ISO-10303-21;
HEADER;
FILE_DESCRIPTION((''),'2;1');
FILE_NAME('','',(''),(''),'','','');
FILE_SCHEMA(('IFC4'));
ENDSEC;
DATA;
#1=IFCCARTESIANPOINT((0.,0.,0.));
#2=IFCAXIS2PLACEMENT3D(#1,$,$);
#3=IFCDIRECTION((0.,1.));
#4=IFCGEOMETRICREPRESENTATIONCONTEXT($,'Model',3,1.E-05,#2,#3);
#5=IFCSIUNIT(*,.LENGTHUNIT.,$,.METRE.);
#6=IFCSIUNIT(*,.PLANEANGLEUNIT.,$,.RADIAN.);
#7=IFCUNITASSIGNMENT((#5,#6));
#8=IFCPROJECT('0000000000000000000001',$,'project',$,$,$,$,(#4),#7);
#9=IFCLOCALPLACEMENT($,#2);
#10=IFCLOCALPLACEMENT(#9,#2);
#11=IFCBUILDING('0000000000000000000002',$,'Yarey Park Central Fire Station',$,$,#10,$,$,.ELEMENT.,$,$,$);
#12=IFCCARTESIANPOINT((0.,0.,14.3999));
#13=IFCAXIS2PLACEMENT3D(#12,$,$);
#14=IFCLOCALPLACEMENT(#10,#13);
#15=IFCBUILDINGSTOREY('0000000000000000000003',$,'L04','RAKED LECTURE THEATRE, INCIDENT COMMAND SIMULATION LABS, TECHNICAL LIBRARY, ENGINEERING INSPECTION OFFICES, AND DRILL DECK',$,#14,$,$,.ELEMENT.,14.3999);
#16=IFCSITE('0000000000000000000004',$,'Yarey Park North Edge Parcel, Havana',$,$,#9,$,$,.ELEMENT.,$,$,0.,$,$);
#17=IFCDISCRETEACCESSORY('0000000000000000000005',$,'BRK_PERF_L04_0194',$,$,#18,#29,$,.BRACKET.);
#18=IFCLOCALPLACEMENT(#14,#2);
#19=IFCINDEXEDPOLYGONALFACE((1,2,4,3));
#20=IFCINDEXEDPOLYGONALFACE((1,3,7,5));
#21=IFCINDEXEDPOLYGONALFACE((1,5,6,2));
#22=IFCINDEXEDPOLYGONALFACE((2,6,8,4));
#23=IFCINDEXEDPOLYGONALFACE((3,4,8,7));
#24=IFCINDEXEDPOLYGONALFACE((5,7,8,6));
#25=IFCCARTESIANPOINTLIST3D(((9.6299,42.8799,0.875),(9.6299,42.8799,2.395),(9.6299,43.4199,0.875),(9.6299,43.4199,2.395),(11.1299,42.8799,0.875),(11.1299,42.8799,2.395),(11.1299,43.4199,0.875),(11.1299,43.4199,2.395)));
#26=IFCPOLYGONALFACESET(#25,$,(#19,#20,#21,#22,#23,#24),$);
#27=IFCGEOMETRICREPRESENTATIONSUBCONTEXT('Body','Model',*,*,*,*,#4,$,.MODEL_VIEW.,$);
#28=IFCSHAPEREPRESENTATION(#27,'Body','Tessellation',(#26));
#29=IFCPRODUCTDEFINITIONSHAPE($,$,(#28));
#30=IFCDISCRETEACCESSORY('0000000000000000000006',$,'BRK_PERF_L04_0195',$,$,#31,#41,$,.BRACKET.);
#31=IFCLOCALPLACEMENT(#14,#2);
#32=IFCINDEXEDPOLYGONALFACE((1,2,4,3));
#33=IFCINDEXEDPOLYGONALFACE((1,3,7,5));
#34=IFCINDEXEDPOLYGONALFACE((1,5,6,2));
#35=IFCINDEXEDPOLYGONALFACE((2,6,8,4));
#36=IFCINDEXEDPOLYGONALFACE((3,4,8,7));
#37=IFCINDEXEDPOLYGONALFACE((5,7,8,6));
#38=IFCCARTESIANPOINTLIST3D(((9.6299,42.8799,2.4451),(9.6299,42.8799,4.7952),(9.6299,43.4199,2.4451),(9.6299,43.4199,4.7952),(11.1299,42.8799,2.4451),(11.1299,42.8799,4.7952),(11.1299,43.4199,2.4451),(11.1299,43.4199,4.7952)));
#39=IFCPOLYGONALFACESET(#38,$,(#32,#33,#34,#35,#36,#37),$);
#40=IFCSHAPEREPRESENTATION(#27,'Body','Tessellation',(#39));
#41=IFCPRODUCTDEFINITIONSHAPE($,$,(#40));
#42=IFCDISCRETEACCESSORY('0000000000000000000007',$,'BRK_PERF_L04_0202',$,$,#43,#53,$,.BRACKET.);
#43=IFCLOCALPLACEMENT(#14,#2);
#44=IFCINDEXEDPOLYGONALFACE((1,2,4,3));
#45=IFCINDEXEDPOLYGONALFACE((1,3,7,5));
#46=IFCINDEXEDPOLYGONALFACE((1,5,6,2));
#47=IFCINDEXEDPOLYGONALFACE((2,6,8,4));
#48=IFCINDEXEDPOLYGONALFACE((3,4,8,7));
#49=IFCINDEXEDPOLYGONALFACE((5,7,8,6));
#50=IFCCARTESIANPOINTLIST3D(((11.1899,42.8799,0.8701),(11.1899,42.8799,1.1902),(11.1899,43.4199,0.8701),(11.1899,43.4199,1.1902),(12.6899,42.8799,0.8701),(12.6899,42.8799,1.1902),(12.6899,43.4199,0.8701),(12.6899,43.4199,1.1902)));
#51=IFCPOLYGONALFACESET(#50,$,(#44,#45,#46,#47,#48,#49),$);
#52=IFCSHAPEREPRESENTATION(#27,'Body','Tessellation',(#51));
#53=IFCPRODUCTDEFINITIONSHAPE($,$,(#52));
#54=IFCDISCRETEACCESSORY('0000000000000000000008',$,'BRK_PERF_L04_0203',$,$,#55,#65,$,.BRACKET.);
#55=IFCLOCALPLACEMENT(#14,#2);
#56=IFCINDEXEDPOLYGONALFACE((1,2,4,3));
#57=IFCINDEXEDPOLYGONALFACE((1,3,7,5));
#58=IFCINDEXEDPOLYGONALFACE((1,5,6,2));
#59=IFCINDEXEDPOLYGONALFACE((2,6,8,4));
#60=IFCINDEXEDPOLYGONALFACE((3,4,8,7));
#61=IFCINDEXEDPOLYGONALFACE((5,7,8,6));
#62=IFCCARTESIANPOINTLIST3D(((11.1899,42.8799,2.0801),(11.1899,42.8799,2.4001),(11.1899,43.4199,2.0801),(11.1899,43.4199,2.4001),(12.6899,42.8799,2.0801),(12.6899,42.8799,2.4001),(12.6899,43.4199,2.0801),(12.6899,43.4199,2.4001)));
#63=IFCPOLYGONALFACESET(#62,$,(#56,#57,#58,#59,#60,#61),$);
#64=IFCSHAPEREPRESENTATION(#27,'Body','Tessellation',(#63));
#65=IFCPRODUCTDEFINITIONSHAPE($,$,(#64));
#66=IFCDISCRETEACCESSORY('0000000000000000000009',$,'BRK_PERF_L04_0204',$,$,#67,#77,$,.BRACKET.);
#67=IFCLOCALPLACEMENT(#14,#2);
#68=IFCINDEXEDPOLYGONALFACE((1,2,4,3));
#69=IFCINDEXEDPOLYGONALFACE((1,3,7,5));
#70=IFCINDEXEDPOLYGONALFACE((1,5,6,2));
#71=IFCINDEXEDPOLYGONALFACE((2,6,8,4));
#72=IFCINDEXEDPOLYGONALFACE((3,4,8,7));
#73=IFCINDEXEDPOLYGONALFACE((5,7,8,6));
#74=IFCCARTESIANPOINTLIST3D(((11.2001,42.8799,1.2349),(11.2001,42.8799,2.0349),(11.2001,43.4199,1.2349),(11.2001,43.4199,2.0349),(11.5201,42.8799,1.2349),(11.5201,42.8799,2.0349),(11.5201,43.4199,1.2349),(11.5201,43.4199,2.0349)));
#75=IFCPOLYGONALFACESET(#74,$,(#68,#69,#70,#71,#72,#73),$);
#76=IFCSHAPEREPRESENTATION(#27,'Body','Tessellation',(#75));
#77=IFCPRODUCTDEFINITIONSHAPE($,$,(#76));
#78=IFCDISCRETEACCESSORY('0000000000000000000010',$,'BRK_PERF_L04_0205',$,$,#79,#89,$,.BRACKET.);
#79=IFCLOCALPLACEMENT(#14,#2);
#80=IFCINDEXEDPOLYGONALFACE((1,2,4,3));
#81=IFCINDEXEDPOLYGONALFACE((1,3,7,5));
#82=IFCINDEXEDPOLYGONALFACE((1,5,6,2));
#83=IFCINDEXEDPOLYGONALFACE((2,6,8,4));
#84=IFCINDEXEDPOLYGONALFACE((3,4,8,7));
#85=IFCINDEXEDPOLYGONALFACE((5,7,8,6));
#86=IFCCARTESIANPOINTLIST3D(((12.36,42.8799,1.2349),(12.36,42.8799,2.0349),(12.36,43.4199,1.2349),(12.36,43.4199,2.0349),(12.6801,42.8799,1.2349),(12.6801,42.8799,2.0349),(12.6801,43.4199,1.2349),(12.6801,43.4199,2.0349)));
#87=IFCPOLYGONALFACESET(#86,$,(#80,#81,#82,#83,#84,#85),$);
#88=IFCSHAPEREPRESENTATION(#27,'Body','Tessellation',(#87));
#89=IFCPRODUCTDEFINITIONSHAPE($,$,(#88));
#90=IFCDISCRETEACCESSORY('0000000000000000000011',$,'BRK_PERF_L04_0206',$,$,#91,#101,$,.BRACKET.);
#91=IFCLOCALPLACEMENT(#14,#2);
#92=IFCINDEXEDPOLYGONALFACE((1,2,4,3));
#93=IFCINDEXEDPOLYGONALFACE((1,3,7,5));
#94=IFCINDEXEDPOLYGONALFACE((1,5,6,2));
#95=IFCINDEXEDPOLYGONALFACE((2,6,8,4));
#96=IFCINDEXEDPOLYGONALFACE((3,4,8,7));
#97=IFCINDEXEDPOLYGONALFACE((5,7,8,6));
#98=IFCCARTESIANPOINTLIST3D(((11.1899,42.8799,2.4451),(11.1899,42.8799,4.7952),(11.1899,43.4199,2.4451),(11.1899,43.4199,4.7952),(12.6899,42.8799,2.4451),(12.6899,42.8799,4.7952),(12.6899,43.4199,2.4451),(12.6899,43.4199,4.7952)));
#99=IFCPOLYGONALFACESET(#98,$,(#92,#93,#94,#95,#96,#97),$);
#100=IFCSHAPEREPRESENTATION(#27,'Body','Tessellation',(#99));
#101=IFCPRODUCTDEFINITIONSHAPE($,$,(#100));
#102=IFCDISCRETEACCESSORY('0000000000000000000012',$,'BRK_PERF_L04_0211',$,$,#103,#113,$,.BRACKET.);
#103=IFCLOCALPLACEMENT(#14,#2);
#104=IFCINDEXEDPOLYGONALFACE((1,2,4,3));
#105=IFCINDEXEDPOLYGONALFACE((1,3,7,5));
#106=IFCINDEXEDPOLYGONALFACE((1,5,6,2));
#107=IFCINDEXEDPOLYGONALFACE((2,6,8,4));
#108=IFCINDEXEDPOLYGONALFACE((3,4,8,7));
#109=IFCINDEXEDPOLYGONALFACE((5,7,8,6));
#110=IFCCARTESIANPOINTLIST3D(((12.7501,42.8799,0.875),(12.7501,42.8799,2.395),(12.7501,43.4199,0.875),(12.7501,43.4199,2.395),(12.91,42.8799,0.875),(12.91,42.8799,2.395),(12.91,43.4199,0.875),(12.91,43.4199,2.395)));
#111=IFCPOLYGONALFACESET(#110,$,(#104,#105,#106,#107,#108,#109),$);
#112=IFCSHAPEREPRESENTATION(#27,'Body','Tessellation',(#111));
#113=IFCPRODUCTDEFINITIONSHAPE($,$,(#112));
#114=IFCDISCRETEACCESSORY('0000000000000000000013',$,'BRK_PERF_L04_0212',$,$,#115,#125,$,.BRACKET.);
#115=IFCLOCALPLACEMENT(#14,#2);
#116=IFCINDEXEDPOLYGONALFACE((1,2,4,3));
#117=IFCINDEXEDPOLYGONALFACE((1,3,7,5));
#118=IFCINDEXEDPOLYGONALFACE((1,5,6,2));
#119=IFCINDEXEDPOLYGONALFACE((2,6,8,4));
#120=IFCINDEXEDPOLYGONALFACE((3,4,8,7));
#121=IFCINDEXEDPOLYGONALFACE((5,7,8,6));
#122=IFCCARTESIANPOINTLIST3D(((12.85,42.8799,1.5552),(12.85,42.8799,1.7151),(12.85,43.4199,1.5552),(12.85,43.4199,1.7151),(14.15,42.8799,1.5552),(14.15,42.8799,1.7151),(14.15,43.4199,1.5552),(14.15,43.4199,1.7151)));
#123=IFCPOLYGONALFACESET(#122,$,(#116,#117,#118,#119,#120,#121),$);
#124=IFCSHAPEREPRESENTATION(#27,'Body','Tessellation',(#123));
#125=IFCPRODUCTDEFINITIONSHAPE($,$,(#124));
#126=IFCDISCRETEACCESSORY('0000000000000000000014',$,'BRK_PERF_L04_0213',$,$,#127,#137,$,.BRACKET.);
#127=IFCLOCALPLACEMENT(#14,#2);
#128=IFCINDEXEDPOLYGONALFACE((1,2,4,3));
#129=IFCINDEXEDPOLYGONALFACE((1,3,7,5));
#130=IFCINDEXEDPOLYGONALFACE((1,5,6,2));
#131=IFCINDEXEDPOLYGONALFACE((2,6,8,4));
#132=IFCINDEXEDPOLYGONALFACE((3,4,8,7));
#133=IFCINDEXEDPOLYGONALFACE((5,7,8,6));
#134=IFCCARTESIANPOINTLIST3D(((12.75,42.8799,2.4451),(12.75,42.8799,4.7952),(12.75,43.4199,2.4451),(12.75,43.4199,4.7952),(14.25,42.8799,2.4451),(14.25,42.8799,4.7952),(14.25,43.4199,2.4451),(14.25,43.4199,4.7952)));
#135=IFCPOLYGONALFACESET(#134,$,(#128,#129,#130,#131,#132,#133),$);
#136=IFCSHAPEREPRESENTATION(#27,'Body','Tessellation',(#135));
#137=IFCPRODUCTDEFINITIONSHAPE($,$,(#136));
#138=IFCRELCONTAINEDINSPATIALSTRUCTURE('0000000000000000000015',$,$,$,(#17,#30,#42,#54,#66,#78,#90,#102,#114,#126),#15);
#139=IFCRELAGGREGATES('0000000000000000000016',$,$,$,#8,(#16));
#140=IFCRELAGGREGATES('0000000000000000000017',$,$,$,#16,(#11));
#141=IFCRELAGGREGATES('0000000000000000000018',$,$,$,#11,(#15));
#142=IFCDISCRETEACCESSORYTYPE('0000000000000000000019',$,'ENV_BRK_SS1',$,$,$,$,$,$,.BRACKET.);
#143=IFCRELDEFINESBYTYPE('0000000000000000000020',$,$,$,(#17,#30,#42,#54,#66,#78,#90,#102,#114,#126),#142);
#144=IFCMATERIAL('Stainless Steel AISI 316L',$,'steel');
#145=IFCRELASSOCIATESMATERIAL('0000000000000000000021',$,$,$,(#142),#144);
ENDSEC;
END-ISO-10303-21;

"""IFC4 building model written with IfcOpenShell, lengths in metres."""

from ifc_helpers import new_model, si_unit, direction, frame, origin, origin_2d, place, context, subcontext, project, spatial, rectangle, extrude, material, type_object, element, save


model = new_model("IFC4")

# Units and contexts
model_context = context("Model", 3, precision=1e-05, world=origin(), true_north=direction((0.0, 1.0)))
body_context = subcontext(model_context, "Body", "Model", "MODEL_VIEW")
ifc_project = project(units=[si_unit("LENGTHUNIT", "METRE"), si_unit("PLANEANGLEUNIT", "RADIAN")], contexts=[model_context])

# Site, building, storey
site_placement = place(None, origin())
site = spatial("IfcSite", under=ifc_project, at=site_placement, Name="Yarey Park North Edge Parcel, Havana", CompositionType="ELEMENT", RefElevation=0.0)
building_placement = place(site_placement, origin())
building = spatial("IfcBuilding", under=site, at=building_placement, Name="Yarey Park Central Fire Station", CompositionType="ELEMENT")
storey_placement = place(building_placement, frame((0.0, 0.0, 14.3999)))
storey = spatial("IfcBuildingStorey", under=building, at=storey_placement, Name="L04", Description="RAKED LECTURE THEATRE, INCIDENT COMMAND SIMULATION LABS, TECHNICAL LIBRARY, ENGINEERING INSPECTION OFFICES, AND DRILL DECK", CompositionType="ELEMENT", Elevation=14.3999)

# Discrete accessories
ifc_material_1 = material(Name="Stainless Steel AISI 316L", Category="steel")
discrete_accessory_type = type_object("IfcDiscreteAccessoryType", Name="ENV_BRK_SS1", PredefinedType="BRACKET", material=ifc_material_1)
discrete_accessory_1_placement = place(storey_placement, frame((10.3799, 43.1499, 0.875), z_axis=(0.0, 0.0, 1.0), x_axis=(1.0, 0.0, 0.0)))
element("IfcDiscreteAccessory", 1, at=discrete_accessory_1_placement, inside=storey, type_object=discrete_accessory_type, Name="BRK_PERF_L04_0194", PredefinedType="BRACKET", context=body_context, shape_type="SweptSolid", body=[
    extrude(rectangle(XDim=1.5, YDim=0.54, at=origin_2d()), origin(), (0.0, 0.0, 1.0), 1.52),
])
discrete_accessory_2_placement = place(storey_placement, frame((10.3799, 43.1499, 2.4451), z_axis=(0.0, 0.0, 1.0), x_axis=(1.0, 0.0, 0.0)))
element("IfcDiscreteAccessory", 2, at=discrete_accessory_2_placement, inside=storey, type_object=discrete_accessory_type, Name="BRK_PERF_L04_0195", PredefinedType="BRACKET", context=body_context, shape_type="SweptSolid", body=[
    extrude(rectangle(XDim=1.5, YDim=0.54, at=origin_2d()), origin(), (0.0, 0.0, 1.0), 2.3501),
])
for number, where, z_axis, x_axis, name in (
    (3, (11.9399, 43.1499, 0.8701), (0.0, 0.0, 1.0), (1.0, 0.0, 0.0), "BRK_PERF_L04_0202"),
    (4, (11.9399, 43.1499, 2.0801), (0.0, 0.0, 1.0), (1.0, 0.0, 0.0), "BRK_PERF_L04_0203"),
):
    element("IfcDiscreteAccessory", number, at=place(storey_placement, frame(where, z_axis=z_axis, x_axis=x_axis)), inside=storey, type_object=discrete_accessory_type, Name=name, PredefinedType="BRACKET", context=body_context, shape_type="SweptSolid", body=[
        extrude(rectangle(XDim=1.5, YDim=0.54, at=origin_2d()), origin(), (0.0, 0.0, 1.0), 0.3201),
    ])
for number, where, z_axis, x_axis, name in (
    (5, (11.3601, 43.1499, 1.2349), (0.0, 0.0, 1.0), (1.0, 0.0, 0.0), "BRK_PERF_L04_0204"),
    (6, (12.52, 43.1499, 1.2349), (0.0, 0.0, 1.0), (1.0, 0.0, 0.0), "BRK_PERF_L04_0205"),
):
    element("IfcDiscreteAccessory", number, at=place(storey_placement, frame(where, z_axis=z_axis, x_axis=x_axis)), inside=storey, type_object=discrete_accessory_type, Name=name, PredefinedType="BRACKET", context=body_context, shape_type="SweptSolid", body=[
        extrude(rectangle(XDim=0.3201, YDim=0.54, at=origin_2d()), origin(), (0.0, 0.0, 1.0), 0.8),
    ])
discrete_accessory_3_placement = place(storey_placement, frame((11.9399, 43.1499, 2.4451), z_axis=(0.0, 0.0, 1.0), x_axis=(1.0, 0.0, 0.0)))
element("IfcDiscreteAccessory", 7, at=discrete_accessory_3_placement, inside=storey, type_object=discrete_accessory_type, Name="BRK_PERF_L04_0206", PredefinedType="BRACKET", context=body_context, shape_type="SweptSolid", body=[
    extrude(rectangle(XDim=1.5, YDim=0.54, at=origin_2d()), origin(), (0.0, 0.0, 1.0), 2.3501),
])
discrete_accessory_4_placement = place(storey_placement, frame((12.8301, 43.1499, 0.875), z_axis=(0.0, 0.0, 1.0), x_axis=(1.0, 0.0, 0.0)))
element("IfcDiscreteAccessory", 8, at=discrete_accessory_4_placement, inside=storey, type_object=discrete_accessory_type, Name="BRK_PERF_L04_0211", PredefinedType="BRACKET", context=body_context, shape_type="SweptSolid", body=[
    extrude(rectangle(XDim=0.1599, YDim=0.54, at=origin_2d()), origin(), (0.0, 0.0, 1.0), 1.52),
])
discrete_accessory_5_placement = place(storey_placement, frame((13.5, 43.1499, 1.5552), z_axis=(0.0, 0.0, 1.0), x_axis=(1.0, 0.0, 0.0)))
element("IfcDiscreteAccessory", 9, at=discrete_accessory_5_placement, inside=storey, type_object=discrete_accessory_type, Name="BRK_PERF_L04_0212", PredefinedType="BRACKET", context=body_context, shape_type="SweptSolid", body=[
    extrude(rectangle(XDim=1.3, YDim=0.54, at=origin_2d()), origin(), (0.0, 0.0, 1.0), 0.1599),
])
discrete_accessory_6_placement = place(storey_placement, frame((13.5, 43.1499, 2.4451), z_axis=(0.0, 0.0, 1.0), x_axis=(1.0, 0.0, 0.0)))
element("IfcDiscreteAccessory", 10, at=discrete_accessory_6_placement, inside=storey, type_object=discrete_accessory_type, Name="BRK_PERF_L04_0213", PredefinedType="BRACKET", context=body_context, shape_type="SweptSolid", body=[
    extrude(rectangle(XDim=1.5, YDim=0.54, at=origin_2d()), origin(), (0.0, 0.0, 1.0), 2.3501),
])

save(model, "model.ifc")
